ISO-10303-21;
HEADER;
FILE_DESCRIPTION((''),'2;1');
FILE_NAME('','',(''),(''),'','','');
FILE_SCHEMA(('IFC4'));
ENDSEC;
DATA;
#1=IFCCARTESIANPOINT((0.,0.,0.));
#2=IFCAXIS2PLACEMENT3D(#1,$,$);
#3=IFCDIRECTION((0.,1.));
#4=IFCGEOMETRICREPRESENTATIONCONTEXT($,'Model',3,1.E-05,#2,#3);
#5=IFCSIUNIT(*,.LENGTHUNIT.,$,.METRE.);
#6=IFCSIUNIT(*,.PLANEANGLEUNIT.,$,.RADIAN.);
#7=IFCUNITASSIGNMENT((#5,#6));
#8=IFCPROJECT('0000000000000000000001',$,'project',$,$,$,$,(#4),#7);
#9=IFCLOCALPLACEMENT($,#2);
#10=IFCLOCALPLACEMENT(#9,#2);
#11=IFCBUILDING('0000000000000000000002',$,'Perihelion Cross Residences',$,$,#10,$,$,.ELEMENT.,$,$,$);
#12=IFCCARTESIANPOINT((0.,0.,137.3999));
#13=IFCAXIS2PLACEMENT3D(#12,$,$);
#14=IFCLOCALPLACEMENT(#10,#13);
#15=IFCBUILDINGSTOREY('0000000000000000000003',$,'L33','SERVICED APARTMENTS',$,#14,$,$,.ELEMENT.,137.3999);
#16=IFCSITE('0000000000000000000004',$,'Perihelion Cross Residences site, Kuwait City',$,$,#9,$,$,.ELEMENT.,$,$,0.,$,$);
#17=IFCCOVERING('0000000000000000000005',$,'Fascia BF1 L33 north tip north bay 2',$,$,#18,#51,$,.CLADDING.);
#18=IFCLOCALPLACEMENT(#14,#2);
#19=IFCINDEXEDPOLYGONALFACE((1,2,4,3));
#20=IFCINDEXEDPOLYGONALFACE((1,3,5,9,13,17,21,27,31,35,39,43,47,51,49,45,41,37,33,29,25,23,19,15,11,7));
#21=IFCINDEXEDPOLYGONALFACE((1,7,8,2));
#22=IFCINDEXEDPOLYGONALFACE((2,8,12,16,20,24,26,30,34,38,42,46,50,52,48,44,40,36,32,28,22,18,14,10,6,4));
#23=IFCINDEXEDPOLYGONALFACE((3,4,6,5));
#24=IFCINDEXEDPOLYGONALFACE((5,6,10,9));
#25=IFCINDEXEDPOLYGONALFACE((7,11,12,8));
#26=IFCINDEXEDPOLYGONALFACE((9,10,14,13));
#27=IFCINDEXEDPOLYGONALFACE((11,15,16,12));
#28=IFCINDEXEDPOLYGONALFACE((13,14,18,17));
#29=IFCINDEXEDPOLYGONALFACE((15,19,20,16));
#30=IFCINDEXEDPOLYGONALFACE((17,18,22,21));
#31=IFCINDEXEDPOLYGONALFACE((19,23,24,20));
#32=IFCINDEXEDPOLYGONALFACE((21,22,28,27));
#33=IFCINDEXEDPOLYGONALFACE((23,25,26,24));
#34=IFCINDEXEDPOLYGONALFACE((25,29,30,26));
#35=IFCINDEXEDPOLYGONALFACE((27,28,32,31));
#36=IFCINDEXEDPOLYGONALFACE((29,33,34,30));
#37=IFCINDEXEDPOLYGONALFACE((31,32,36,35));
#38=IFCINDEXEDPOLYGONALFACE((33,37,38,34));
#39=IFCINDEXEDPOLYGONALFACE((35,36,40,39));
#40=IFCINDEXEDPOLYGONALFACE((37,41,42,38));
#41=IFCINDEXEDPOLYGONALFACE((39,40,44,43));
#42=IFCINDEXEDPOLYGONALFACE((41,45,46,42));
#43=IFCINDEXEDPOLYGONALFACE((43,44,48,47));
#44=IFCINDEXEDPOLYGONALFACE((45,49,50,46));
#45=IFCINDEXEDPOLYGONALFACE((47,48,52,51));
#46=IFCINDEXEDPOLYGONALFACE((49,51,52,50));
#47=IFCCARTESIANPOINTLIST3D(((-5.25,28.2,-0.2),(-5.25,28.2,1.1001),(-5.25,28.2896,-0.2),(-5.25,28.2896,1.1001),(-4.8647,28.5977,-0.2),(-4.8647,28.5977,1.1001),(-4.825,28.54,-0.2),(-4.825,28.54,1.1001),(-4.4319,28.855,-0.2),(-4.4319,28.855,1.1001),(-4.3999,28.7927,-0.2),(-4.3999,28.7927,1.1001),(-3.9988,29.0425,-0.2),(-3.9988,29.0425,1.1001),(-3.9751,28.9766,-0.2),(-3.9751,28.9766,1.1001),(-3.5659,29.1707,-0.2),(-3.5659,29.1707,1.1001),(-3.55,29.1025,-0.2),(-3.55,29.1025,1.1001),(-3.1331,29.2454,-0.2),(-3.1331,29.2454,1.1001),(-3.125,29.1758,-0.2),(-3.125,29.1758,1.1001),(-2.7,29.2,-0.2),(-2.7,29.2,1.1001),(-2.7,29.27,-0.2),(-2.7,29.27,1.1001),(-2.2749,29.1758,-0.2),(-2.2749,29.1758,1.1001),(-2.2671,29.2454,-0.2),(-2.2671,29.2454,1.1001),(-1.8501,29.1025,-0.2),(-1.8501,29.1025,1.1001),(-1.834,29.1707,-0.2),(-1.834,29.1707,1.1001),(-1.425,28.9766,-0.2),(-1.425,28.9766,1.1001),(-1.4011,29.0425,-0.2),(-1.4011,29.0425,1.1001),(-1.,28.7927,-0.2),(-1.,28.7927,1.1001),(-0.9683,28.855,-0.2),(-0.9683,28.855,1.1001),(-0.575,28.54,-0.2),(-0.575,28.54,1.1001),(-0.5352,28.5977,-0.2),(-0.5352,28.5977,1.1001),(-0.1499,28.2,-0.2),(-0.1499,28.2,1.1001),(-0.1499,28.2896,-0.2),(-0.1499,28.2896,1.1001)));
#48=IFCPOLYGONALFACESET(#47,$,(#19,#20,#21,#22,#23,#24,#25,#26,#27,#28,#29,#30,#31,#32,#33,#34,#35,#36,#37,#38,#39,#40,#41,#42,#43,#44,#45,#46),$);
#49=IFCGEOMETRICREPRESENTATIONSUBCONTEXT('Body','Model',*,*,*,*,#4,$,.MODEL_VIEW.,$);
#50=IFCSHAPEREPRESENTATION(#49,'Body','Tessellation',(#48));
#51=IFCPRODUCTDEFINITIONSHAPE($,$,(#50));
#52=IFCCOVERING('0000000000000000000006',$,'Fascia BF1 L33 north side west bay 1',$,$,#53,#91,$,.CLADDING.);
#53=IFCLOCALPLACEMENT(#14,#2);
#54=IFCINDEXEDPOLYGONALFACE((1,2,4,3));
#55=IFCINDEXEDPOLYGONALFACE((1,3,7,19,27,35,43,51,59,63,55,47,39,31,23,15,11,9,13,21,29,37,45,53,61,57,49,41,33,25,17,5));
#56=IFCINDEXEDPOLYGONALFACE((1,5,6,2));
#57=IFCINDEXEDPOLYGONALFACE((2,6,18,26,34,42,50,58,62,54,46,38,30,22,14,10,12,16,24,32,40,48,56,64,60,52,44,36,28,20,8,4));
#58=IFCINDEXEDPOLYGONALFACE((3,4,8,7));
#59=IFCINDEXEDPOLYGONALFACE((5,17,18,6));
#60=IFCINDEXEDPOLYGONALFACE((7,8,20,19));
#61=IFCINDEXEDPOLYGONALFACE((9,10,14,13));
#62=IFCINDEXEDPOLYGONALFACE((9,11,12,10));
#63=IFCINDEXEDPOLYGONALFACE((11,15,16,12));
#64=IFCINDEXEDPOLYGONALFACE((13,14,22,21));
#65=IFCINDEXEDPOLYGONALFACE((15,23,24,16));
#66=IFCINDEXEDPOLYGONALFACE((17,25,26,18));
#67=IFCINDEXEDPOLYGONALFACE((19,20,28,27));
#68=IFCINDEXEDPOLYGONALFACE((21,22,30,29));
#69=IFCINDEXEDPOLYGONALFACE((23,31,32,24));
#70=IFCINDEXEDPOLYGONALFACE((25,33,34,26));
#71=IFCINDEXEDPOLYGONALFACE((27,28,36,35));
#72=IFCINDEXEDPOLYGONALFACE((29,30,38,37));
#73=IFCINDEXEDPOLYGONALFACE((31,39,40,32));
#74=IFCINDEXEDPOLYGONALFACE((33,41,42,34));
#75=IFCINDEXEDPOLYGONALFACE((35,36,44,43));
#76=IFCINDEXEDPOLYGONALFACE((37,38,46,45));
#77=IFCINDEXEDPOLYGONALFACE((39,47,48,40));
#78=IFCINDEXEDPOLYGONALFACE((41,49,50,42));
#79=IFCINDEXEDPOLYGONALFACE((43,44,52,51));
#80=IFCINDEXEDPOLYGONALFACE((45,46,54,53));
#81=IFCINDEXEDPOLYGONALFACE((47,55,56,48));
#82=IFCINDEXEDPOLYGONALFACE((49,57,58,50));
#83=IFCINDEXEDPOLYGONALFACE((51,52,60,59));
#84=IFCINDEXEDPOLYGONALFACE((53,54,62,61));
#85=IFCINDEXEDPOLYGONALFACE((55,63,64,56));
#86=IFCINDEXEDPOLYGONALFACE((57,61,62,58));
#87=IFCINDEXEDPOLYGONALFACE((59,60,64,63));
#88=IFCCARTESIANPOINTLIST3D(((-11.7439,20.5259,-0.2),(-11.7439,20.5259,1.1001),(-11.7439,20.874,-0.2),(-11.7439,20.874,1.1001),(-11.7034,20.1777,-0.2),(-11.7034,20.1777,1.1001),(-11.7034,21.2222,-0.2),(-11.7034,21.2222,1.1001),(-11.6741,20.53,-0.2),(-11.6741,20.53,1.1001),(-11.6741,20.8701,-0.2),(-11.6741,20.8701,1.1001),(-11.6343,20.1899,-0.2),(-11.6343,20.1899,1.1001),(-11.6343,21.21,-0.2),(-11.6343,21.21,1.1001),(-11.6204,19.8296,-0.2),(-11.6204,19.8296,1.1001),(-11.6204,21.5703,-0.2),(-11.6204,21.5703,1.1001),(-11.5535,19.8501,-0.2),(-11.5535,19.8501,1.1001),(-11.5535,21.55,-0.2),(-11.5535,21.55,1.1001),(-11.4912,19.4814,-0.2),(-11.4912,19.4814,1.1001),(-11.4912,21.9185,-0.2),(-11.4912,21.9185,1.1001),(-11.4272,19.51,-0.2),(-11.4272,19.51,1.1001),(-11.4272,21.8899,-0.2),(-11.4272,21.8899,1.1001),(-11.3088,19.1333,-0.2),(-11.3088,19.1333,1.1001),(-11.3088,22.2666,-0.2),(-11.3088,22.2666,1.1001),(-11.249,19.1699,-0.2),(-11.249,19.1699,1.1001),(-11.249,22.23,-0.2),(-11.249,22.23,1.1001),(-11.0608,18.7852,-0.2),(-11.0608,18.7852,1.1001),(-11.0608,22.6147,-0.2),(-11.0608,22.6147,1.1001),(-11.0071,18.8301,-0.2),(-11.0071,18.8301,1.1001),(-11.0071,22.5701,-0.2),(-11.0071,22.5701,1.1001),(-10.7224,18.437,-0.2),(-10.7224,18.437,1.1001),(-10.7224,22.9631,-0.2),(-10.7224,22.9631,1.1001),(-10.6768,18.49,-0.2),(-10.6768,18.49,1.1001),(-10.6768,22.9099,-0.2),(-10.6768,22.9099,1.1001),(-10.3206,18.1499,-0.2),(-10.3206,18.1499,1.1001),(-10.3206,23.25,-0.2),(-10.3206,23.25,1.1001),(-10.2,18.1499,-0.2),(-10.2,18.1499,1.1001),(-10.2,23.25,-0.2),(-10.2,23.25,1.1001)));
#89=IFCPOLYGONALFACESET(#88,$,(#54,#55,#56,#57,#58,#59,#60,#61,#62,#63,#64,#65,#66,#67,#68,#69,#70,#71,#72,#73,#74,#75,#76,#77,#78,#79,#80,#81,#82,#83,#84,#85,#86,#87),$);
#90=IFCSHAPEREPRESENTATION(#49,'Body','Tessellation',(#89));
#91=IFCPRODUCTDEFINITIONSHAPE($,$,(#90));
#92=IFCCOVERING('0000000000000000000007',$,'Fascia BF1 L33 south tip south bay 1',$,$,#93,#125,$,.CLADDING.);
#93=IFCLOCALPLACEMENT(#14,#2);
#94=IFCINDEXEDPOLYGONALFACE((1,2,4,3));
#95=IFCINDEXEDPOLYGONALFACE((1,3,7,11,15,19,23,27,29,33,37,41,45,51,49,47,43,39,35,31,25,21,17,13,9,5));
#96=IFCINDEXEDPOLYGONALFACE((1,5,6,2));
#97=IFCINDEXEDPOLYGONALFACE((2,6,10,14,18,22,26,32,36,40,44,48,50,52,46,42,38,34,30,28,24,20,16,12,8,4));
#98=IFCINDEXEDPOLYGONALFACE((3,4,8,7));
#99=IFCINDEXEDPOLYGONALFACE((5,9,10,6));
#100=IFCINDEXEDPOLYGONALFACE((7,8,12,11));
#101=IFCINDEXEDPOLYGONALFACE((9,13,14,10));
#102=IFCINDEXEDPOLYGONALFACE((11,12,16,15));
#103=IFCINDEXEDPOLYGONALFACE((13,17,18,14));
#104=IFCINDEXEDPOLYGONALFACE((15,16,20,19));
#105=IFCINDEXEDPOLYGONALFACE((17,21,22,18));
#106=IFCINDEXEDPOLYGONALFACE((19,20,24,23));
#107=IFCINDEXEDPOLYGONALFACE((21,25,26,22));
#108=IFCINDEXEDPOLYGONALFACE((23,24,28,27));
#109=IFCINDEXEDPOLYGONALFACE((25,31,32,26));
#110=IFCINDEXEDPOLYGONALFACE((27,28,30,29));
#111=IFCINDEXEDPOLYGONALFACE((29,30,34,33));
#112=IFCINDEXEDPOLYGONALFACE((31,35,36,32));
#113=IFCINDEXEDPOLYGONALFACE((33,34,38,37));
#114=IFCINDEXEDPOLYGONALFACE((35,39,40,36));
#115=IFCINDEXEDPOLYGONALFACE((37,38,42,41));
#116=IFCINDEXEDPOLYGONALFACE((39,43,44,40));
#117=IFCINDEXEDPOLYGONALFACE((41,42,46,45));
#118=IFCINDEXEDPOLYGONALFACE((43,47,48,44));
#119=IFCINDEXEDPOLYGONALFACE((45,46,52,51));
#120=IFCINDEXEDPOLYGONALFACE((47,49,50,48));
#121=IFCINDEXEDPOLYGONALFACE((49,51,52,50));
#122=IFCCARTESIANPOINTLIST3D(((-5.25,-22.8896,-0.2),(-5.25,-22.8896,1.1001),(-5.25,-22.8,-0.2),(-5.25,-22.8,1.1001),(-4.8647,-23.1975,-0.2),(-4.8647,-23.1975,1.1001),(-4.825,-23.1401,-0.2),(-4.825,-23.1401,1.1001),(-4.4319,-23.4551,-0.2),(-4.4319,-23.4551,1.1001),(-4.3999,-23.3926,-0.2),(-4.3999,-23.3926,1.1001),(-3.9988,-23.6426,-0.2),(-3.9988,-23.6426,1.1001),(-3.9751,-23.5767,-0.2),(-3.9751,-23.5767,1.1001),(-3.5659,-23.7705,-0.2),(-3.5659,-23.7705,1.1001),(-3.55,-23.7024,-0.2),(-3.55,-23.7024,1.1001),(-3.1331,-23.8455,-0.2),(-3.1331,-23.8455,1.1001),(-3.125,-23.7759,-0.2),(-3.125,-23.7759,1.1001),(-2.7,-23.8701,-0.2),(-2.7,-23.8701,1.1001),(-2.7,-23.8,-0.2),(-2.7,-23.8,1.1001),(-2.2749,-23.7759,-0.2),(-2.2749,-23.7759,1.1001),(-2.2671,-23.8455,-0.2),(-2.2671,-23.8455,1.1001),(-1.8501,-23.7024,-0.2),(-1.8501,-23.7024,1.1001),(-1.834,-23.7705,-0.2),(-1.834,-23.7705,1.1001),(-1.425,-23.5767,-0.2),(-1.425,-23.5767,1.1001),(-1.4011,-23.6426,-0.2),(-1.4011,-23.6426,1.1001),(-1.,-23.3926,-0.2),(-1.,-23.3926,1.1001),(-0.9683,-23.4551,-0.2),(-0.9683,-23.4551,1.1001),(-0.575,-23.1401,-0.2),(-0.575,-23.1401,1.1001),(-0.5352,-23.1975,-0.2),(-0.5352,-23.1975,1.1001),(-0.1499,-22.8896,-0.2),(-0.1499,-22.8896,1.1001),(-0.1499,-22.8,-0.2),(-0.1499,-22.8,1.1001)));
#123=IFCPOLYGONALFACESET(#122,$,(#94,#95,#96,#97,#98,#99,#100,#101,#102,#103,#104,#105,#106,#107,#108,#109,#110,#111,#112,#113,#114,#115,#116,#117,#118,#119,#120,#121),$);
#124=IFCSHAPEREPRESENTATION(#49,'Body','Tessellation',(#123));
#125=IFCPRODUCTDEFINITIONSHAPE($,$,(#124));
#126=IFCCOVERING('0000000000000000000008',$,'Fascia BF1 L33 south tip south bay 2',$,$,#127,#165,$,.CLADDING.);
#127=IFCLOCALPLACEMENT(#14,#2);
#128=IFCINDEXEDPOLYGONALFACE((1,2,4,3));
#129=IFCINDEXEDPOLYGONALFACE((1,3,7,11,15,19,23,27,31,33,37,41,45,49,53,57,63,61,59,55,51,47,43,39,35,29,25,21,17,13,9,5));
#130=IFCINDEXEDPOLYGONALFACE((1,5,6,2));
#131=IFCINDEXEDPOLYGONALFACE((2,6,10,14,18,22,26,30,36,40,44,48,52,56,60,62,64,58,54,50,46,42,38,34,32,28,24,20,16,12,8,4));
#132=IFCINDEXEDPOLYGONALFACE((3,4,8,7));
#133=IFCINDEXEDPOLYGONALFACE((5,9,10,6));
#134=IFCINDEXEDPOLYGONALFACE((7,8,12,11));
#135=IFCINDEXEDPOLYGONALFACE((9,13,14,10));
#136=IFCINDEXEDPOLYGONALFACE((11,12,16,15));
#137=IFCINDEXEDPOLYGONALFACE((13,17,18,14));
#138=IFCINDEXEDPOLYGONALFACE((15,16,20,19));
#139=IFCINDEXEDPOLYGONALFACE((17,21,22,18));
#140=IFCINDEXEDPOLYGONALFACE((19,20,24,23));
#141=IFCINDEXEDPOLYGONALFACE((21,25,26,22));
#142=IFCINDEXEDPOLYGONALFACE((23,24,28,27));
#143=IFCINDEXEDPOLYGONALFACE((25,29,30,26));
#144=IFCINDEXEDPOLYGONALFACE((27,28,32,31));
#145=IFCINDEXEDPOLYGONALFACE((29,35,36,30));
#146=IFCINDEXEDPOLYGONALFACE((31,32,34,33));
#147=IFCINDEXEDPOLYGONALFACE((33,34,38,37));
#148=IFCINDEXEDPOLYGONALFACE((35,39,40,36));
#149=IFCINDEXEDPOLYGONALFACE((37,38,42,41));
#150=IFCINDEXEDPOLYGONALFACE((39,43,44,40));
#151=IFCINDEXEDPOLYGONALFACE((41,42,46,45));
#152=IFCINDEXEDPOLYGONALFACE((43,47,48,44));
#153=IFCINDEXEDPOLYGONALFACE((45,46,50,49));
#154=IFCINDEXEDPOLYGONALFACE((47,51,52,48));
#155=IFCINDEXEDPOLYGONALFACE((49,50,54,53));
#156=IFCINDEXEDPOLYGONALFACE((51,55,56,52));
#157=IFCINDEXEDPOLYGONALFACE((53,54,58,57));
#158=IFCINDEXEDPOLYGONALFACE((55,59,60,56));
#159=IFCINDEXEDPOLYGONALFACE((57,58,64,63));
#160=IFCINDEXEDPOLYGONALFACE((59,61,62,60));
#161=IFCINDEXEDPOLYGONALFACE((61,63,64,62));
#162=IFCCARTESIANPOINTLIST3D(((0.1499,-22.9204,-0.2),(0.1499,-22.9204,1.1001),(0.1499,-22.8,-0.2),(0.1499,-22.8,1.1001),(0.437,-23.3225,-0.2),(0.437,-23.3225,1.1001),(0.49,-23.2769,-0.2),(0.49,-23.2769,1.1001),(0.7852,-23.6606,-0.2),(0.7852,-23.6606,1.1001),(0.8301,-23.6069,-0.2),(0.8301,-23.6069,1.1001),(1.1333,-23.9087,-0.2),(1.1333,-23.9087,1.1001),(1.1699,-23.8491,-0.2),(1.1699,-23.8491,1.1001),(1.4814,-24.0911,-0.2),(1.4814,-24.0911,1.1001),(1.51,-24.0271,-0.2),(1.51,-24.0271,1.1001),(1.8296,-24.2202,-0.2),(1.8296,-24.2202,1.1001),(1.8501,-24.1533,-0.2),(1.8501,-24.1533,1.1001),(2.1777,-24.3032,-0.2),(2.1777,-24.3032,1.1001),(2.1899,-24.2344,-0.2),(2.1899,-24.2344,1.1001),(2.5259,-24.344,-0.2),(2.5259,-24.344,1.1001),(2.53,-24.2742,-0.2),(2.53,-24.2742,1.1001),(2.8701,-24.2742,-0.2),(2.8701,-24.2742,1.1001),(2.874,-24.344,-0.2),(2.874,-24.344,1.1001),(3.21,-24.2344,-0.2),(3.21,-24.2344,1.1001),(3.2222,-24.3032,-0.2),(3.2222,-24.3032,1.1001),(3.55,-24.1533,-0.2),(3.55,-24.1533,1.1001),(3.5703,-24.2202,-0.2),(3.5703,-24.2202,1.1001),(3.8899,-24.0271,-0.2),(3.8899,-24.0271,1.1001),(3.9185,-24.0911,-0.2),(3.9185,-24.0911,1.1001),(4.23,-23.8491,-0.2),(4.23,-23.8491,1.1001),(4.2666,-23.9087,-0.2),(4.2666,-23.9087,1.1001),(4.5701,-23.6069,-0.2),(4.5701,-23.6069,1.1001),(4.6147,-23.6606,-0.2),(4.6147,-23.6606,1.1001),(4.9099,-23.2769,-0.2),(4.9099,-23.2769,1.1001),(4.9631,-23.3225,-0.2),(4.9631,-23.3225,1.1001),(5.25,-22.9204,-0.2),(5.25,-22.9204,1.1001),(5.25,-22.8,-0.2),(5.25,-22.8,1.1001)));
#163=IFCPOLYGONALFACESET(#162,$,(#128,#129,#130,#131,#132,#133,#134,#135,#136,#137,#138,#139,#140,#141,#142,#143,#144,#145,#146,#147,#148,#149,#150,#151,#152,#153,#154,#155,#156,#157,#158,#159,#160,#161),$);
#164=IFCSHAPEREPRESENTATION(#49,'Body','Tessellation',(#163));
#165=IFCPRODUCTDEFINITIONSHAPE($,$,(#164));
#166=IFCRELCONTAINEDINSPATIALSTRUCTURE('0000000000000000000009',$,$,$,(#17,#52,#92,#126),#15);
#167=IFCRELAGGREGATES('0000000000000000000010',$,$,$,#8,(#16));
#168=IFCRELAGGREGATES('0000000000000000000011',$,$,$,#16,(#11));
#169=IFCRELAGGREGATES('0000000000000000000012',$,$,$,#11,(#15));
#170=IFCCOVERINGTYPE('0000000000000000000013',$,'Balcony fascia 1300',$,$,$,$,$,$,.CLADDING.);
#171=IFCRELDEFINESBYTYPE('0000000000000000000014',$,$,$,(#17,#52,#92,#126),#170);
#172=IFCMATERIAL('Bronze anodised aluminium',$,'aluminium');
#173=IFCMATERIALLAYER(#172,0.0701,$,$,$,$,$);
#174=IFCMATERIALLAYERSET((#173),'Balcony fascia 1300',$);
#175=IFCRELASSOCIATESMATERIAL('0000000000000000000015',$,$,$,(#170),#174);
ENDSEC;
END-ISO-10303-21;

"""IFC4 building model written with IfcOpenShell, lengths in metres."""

from ifc_helpers import new_model, si_unit, direction, frame, origin, place, context, subcontext, project, spatial, polyline, outline, extrude, material, layer, layer_set, type_object, element, save


model = new_model("IFC4")

# Units and contexts
model_context = context("Model", 3, precision=1e-05, world=origin(), true_north=direction((0.0, 1.0)))
body_context = subcontext(model_context, "Body", "Model", "MODEL_VIEW")
ifc_project = project(units=[si_unit("LENGTHUNIT", "METRE"), si_unit("PLANEANGLEUNIT", "RADIAN")], contexts=[model_context])

# Site, building, storey
site_placement = place(None, origin())
site = spatial("IfcSite", under=ifc_project, at=site_placement, Name="Perihelion Cross Residences site, Kuwait City", CompositionType="ELEMENT", RefElevation=0.0)
building_placement = place(site_placement, origin())
building = spatial("IfcBuilding", under=site, at=building_placement, Name="Perihelion Cross Residences", CompositionType="ELEMENT")
storey_placement = place(building_placement, frame((0.0, 0.0, 137.3999)))
storey = spatial("IfcBuildingStorey", under=building, at=storey_placement, Name="L33", Description="SERVICED APARTMENTS", CompositionType="ELEMENT", Elevation=137.3999)

# Coverings
ifc_material_1 = material(Name="Bronze anodised aluminium", Category="aluminium")
ifc_layer_1 = layer(ifc_material_1, 0.0701)
ifc_layer_set_1 = layer_set([ifc_layer_1], Name="Balcony fascia 1300")
covering_type = type_object("IfcCoveringType", Name="Balcony fascia 1300", PredefinedType="CLADDING", material=ifc_layer_set_1)
covering_1_placement = place(storey_placement, frame((0.0, 0.0, -0.2)))
element("IfcCovering", 1, at=covering_1_placement, inside=storey, type_object=covering_type, Name="Fascia BF1 L33 north tip north bay 2", PredefinedType="CLADDING", context=body_context, shape_type="SweptSolid", body=[
    extrude(outline(polyline([(-0.5352, 28.5977), (-0.9683, 28.855), (-1.4011, 29.0425), (-1.834, 29.1707), (-2.2671, 29.2454), (-2.7, 29.27), (-3.1331, 29.2454), (-3.5659, 29.1707), (-3.9988, 29.0425), (-4.4319, 28.855), (-4.8647, 28.5977), (-5.25, 28.2896), (-5.25, 28.2), (-4.825, 28.54), (-4.3999, 28.7927), (-3.9751, 28.9766), (-3.55, 29.1025), (-3.125, 29.1758), (-2.7, 29.2), (-2.2749, 29.1758), (-1.8501, 29.1025), (-1.425, 28.9766), (-1.0, 28.7927), (-0.575, 28.54), (-0.1499, 28.2), (-0.1499, 28.2896), (-0.5352, 28.5977)])), origin(), (0.0, 0.0, 1.0), 1.3),
])
covering_2_placement = place(storey_placement, frame((0.0, 0.0, -0.2)))
element("IfcCovering", 2, at=covering_2_placement, inside=storey, type_object=covering_type, Name="Fascia BF1 L33 north side west bay 1", PredefinedType="CLADDING", context=body_context, shape_type="SweptSolid", body=[
    extrude(outline(polyline([(-10.7224, 22.9631), (-11.0608, 22.6147), (-11.3088, 22.2666), (-11.4912, 21.9185), (-11.6204, 21.5703), (-11.7034, 21.2222), (-11.7439, 20.874), (-11.7439, 20.5259), (-11.7034, 20.1777), (-11.6204, 19.8296), (-11.4912, 19.4814), (-11.3088, 19.1333), (-11.0608, 18.7852), (-10.7224, 18.437), (-10.3206, 18.1499), (-10.2, 18.1499), (-10.6768, 18.49), (-11.0071, 18.8301), (-11.249, 19.1699), (-11.4272, 19.51), (-11.5535, 19.8501), (-11.6343, 20.1899), (-11.6741, 20.53), (-11.6741, 20.8701), (-11.6343, 21.21), (-11.5535, 21.55), (-11.4272, 21.8899), (-11.249, 22.23), (-11.0071, 22.5701), (-10.6768, 22.9099), (-10.2, 23.25), (-10.3206, 23.25), (-10.7224, 22.9631)])), origin(), (0.0, 0.0, 1.0), 1.3),
])
covering_3_placement = place(storey_placement, frame((0.0, 0.0, -0.2)))
element("IfcCovering", 3, at=covering_3_placement, inside=storey, type_object=covering_type, Name="Fascia BF1 L33 south tip south bay 1", PredefinedType="CLADDING", context=body_context, shape_type="SweptSolid", body=[
    extrude(outline(polyline([(-4.8647, -23.1975), (-4.4319, -23.4551), (-3.9988, -23.6426), (-3.5659, -23.7705), (-3.1331, -23.8455), (-2.7, -23.8701), (-2.2671, -23.8455), (-1.834, -23.7705), (-1.4011, -23.6426), (-0.9683, -23.4551), (-0.5352, -23.1975), (-0.1499, -22.8896), (-0.1499, -22.8), (-0.575, -23.1401), (-1.0, -23.3926), (-1.425, -23.5767), (-1.8501, -23.7024), (-2.2749, -23.7759), (-2.7, -23.8), (-3.125, -23.7759), (-3.55, -23.7024), (-3.9751, -23.5767), (-4.3999, -23.3926), (-4.825, -23.1401), (-5.25, -22.8), (-5.25, -22.8896), (-4.8647, -23.1975)])), origin(), (0.0, 0.0, 1.0), 1.3),
])
covering_4_placement = place(storey_placement, frame((0.0, 0.0, -0.2)))
element("IfcCovering", 4, at=covering_4_placement, inside=storey, type_object=covering_type, Name="Fascia BF1 L33 south tip south bay 2", PredefinedType="CLADDING", context=body_context, shape_type="SweptSolid", body=[
    extrude(outline(polyline([(0.437, -23.3225), (0.7852, -23.6606), (1.1333, -23.9087), (1.4814, -24.0911), (1.8296, -24.2202), (2.1777, -24.3032), (2.5259, -24.344), (2.874, -24.344), (3.2222, -24.3032), (3.5703, -24.2202), (3.9185, -24.0911), (4.2666, -23.9087), (4.6147, -23.6606), (4.9631, -23.3225), (5.25, -22.9204), (5.25, -22.8), (4.9099, -23.2769), (4.5701, -23.6069), (4.23, -23.8491), (3.8899, -24.0271), (3.55, -24.1533), (3.21, -24.2344), (2.8701, -24.2742), (2.53, -24.2742), (2.1899, -24.2344), (1.8501, -24.1533), (1.51, -24.0271), (1.1699, -23.8491), (0.8301, -23.6069), (0.49, -23.2769), (0.1499, -22.8), (0.1499, -22.9204), (0.437, -23.3225)])), origin(), (0.0, 0.0, 1.0), 1.3),
])

save(model, "model.ifc")
